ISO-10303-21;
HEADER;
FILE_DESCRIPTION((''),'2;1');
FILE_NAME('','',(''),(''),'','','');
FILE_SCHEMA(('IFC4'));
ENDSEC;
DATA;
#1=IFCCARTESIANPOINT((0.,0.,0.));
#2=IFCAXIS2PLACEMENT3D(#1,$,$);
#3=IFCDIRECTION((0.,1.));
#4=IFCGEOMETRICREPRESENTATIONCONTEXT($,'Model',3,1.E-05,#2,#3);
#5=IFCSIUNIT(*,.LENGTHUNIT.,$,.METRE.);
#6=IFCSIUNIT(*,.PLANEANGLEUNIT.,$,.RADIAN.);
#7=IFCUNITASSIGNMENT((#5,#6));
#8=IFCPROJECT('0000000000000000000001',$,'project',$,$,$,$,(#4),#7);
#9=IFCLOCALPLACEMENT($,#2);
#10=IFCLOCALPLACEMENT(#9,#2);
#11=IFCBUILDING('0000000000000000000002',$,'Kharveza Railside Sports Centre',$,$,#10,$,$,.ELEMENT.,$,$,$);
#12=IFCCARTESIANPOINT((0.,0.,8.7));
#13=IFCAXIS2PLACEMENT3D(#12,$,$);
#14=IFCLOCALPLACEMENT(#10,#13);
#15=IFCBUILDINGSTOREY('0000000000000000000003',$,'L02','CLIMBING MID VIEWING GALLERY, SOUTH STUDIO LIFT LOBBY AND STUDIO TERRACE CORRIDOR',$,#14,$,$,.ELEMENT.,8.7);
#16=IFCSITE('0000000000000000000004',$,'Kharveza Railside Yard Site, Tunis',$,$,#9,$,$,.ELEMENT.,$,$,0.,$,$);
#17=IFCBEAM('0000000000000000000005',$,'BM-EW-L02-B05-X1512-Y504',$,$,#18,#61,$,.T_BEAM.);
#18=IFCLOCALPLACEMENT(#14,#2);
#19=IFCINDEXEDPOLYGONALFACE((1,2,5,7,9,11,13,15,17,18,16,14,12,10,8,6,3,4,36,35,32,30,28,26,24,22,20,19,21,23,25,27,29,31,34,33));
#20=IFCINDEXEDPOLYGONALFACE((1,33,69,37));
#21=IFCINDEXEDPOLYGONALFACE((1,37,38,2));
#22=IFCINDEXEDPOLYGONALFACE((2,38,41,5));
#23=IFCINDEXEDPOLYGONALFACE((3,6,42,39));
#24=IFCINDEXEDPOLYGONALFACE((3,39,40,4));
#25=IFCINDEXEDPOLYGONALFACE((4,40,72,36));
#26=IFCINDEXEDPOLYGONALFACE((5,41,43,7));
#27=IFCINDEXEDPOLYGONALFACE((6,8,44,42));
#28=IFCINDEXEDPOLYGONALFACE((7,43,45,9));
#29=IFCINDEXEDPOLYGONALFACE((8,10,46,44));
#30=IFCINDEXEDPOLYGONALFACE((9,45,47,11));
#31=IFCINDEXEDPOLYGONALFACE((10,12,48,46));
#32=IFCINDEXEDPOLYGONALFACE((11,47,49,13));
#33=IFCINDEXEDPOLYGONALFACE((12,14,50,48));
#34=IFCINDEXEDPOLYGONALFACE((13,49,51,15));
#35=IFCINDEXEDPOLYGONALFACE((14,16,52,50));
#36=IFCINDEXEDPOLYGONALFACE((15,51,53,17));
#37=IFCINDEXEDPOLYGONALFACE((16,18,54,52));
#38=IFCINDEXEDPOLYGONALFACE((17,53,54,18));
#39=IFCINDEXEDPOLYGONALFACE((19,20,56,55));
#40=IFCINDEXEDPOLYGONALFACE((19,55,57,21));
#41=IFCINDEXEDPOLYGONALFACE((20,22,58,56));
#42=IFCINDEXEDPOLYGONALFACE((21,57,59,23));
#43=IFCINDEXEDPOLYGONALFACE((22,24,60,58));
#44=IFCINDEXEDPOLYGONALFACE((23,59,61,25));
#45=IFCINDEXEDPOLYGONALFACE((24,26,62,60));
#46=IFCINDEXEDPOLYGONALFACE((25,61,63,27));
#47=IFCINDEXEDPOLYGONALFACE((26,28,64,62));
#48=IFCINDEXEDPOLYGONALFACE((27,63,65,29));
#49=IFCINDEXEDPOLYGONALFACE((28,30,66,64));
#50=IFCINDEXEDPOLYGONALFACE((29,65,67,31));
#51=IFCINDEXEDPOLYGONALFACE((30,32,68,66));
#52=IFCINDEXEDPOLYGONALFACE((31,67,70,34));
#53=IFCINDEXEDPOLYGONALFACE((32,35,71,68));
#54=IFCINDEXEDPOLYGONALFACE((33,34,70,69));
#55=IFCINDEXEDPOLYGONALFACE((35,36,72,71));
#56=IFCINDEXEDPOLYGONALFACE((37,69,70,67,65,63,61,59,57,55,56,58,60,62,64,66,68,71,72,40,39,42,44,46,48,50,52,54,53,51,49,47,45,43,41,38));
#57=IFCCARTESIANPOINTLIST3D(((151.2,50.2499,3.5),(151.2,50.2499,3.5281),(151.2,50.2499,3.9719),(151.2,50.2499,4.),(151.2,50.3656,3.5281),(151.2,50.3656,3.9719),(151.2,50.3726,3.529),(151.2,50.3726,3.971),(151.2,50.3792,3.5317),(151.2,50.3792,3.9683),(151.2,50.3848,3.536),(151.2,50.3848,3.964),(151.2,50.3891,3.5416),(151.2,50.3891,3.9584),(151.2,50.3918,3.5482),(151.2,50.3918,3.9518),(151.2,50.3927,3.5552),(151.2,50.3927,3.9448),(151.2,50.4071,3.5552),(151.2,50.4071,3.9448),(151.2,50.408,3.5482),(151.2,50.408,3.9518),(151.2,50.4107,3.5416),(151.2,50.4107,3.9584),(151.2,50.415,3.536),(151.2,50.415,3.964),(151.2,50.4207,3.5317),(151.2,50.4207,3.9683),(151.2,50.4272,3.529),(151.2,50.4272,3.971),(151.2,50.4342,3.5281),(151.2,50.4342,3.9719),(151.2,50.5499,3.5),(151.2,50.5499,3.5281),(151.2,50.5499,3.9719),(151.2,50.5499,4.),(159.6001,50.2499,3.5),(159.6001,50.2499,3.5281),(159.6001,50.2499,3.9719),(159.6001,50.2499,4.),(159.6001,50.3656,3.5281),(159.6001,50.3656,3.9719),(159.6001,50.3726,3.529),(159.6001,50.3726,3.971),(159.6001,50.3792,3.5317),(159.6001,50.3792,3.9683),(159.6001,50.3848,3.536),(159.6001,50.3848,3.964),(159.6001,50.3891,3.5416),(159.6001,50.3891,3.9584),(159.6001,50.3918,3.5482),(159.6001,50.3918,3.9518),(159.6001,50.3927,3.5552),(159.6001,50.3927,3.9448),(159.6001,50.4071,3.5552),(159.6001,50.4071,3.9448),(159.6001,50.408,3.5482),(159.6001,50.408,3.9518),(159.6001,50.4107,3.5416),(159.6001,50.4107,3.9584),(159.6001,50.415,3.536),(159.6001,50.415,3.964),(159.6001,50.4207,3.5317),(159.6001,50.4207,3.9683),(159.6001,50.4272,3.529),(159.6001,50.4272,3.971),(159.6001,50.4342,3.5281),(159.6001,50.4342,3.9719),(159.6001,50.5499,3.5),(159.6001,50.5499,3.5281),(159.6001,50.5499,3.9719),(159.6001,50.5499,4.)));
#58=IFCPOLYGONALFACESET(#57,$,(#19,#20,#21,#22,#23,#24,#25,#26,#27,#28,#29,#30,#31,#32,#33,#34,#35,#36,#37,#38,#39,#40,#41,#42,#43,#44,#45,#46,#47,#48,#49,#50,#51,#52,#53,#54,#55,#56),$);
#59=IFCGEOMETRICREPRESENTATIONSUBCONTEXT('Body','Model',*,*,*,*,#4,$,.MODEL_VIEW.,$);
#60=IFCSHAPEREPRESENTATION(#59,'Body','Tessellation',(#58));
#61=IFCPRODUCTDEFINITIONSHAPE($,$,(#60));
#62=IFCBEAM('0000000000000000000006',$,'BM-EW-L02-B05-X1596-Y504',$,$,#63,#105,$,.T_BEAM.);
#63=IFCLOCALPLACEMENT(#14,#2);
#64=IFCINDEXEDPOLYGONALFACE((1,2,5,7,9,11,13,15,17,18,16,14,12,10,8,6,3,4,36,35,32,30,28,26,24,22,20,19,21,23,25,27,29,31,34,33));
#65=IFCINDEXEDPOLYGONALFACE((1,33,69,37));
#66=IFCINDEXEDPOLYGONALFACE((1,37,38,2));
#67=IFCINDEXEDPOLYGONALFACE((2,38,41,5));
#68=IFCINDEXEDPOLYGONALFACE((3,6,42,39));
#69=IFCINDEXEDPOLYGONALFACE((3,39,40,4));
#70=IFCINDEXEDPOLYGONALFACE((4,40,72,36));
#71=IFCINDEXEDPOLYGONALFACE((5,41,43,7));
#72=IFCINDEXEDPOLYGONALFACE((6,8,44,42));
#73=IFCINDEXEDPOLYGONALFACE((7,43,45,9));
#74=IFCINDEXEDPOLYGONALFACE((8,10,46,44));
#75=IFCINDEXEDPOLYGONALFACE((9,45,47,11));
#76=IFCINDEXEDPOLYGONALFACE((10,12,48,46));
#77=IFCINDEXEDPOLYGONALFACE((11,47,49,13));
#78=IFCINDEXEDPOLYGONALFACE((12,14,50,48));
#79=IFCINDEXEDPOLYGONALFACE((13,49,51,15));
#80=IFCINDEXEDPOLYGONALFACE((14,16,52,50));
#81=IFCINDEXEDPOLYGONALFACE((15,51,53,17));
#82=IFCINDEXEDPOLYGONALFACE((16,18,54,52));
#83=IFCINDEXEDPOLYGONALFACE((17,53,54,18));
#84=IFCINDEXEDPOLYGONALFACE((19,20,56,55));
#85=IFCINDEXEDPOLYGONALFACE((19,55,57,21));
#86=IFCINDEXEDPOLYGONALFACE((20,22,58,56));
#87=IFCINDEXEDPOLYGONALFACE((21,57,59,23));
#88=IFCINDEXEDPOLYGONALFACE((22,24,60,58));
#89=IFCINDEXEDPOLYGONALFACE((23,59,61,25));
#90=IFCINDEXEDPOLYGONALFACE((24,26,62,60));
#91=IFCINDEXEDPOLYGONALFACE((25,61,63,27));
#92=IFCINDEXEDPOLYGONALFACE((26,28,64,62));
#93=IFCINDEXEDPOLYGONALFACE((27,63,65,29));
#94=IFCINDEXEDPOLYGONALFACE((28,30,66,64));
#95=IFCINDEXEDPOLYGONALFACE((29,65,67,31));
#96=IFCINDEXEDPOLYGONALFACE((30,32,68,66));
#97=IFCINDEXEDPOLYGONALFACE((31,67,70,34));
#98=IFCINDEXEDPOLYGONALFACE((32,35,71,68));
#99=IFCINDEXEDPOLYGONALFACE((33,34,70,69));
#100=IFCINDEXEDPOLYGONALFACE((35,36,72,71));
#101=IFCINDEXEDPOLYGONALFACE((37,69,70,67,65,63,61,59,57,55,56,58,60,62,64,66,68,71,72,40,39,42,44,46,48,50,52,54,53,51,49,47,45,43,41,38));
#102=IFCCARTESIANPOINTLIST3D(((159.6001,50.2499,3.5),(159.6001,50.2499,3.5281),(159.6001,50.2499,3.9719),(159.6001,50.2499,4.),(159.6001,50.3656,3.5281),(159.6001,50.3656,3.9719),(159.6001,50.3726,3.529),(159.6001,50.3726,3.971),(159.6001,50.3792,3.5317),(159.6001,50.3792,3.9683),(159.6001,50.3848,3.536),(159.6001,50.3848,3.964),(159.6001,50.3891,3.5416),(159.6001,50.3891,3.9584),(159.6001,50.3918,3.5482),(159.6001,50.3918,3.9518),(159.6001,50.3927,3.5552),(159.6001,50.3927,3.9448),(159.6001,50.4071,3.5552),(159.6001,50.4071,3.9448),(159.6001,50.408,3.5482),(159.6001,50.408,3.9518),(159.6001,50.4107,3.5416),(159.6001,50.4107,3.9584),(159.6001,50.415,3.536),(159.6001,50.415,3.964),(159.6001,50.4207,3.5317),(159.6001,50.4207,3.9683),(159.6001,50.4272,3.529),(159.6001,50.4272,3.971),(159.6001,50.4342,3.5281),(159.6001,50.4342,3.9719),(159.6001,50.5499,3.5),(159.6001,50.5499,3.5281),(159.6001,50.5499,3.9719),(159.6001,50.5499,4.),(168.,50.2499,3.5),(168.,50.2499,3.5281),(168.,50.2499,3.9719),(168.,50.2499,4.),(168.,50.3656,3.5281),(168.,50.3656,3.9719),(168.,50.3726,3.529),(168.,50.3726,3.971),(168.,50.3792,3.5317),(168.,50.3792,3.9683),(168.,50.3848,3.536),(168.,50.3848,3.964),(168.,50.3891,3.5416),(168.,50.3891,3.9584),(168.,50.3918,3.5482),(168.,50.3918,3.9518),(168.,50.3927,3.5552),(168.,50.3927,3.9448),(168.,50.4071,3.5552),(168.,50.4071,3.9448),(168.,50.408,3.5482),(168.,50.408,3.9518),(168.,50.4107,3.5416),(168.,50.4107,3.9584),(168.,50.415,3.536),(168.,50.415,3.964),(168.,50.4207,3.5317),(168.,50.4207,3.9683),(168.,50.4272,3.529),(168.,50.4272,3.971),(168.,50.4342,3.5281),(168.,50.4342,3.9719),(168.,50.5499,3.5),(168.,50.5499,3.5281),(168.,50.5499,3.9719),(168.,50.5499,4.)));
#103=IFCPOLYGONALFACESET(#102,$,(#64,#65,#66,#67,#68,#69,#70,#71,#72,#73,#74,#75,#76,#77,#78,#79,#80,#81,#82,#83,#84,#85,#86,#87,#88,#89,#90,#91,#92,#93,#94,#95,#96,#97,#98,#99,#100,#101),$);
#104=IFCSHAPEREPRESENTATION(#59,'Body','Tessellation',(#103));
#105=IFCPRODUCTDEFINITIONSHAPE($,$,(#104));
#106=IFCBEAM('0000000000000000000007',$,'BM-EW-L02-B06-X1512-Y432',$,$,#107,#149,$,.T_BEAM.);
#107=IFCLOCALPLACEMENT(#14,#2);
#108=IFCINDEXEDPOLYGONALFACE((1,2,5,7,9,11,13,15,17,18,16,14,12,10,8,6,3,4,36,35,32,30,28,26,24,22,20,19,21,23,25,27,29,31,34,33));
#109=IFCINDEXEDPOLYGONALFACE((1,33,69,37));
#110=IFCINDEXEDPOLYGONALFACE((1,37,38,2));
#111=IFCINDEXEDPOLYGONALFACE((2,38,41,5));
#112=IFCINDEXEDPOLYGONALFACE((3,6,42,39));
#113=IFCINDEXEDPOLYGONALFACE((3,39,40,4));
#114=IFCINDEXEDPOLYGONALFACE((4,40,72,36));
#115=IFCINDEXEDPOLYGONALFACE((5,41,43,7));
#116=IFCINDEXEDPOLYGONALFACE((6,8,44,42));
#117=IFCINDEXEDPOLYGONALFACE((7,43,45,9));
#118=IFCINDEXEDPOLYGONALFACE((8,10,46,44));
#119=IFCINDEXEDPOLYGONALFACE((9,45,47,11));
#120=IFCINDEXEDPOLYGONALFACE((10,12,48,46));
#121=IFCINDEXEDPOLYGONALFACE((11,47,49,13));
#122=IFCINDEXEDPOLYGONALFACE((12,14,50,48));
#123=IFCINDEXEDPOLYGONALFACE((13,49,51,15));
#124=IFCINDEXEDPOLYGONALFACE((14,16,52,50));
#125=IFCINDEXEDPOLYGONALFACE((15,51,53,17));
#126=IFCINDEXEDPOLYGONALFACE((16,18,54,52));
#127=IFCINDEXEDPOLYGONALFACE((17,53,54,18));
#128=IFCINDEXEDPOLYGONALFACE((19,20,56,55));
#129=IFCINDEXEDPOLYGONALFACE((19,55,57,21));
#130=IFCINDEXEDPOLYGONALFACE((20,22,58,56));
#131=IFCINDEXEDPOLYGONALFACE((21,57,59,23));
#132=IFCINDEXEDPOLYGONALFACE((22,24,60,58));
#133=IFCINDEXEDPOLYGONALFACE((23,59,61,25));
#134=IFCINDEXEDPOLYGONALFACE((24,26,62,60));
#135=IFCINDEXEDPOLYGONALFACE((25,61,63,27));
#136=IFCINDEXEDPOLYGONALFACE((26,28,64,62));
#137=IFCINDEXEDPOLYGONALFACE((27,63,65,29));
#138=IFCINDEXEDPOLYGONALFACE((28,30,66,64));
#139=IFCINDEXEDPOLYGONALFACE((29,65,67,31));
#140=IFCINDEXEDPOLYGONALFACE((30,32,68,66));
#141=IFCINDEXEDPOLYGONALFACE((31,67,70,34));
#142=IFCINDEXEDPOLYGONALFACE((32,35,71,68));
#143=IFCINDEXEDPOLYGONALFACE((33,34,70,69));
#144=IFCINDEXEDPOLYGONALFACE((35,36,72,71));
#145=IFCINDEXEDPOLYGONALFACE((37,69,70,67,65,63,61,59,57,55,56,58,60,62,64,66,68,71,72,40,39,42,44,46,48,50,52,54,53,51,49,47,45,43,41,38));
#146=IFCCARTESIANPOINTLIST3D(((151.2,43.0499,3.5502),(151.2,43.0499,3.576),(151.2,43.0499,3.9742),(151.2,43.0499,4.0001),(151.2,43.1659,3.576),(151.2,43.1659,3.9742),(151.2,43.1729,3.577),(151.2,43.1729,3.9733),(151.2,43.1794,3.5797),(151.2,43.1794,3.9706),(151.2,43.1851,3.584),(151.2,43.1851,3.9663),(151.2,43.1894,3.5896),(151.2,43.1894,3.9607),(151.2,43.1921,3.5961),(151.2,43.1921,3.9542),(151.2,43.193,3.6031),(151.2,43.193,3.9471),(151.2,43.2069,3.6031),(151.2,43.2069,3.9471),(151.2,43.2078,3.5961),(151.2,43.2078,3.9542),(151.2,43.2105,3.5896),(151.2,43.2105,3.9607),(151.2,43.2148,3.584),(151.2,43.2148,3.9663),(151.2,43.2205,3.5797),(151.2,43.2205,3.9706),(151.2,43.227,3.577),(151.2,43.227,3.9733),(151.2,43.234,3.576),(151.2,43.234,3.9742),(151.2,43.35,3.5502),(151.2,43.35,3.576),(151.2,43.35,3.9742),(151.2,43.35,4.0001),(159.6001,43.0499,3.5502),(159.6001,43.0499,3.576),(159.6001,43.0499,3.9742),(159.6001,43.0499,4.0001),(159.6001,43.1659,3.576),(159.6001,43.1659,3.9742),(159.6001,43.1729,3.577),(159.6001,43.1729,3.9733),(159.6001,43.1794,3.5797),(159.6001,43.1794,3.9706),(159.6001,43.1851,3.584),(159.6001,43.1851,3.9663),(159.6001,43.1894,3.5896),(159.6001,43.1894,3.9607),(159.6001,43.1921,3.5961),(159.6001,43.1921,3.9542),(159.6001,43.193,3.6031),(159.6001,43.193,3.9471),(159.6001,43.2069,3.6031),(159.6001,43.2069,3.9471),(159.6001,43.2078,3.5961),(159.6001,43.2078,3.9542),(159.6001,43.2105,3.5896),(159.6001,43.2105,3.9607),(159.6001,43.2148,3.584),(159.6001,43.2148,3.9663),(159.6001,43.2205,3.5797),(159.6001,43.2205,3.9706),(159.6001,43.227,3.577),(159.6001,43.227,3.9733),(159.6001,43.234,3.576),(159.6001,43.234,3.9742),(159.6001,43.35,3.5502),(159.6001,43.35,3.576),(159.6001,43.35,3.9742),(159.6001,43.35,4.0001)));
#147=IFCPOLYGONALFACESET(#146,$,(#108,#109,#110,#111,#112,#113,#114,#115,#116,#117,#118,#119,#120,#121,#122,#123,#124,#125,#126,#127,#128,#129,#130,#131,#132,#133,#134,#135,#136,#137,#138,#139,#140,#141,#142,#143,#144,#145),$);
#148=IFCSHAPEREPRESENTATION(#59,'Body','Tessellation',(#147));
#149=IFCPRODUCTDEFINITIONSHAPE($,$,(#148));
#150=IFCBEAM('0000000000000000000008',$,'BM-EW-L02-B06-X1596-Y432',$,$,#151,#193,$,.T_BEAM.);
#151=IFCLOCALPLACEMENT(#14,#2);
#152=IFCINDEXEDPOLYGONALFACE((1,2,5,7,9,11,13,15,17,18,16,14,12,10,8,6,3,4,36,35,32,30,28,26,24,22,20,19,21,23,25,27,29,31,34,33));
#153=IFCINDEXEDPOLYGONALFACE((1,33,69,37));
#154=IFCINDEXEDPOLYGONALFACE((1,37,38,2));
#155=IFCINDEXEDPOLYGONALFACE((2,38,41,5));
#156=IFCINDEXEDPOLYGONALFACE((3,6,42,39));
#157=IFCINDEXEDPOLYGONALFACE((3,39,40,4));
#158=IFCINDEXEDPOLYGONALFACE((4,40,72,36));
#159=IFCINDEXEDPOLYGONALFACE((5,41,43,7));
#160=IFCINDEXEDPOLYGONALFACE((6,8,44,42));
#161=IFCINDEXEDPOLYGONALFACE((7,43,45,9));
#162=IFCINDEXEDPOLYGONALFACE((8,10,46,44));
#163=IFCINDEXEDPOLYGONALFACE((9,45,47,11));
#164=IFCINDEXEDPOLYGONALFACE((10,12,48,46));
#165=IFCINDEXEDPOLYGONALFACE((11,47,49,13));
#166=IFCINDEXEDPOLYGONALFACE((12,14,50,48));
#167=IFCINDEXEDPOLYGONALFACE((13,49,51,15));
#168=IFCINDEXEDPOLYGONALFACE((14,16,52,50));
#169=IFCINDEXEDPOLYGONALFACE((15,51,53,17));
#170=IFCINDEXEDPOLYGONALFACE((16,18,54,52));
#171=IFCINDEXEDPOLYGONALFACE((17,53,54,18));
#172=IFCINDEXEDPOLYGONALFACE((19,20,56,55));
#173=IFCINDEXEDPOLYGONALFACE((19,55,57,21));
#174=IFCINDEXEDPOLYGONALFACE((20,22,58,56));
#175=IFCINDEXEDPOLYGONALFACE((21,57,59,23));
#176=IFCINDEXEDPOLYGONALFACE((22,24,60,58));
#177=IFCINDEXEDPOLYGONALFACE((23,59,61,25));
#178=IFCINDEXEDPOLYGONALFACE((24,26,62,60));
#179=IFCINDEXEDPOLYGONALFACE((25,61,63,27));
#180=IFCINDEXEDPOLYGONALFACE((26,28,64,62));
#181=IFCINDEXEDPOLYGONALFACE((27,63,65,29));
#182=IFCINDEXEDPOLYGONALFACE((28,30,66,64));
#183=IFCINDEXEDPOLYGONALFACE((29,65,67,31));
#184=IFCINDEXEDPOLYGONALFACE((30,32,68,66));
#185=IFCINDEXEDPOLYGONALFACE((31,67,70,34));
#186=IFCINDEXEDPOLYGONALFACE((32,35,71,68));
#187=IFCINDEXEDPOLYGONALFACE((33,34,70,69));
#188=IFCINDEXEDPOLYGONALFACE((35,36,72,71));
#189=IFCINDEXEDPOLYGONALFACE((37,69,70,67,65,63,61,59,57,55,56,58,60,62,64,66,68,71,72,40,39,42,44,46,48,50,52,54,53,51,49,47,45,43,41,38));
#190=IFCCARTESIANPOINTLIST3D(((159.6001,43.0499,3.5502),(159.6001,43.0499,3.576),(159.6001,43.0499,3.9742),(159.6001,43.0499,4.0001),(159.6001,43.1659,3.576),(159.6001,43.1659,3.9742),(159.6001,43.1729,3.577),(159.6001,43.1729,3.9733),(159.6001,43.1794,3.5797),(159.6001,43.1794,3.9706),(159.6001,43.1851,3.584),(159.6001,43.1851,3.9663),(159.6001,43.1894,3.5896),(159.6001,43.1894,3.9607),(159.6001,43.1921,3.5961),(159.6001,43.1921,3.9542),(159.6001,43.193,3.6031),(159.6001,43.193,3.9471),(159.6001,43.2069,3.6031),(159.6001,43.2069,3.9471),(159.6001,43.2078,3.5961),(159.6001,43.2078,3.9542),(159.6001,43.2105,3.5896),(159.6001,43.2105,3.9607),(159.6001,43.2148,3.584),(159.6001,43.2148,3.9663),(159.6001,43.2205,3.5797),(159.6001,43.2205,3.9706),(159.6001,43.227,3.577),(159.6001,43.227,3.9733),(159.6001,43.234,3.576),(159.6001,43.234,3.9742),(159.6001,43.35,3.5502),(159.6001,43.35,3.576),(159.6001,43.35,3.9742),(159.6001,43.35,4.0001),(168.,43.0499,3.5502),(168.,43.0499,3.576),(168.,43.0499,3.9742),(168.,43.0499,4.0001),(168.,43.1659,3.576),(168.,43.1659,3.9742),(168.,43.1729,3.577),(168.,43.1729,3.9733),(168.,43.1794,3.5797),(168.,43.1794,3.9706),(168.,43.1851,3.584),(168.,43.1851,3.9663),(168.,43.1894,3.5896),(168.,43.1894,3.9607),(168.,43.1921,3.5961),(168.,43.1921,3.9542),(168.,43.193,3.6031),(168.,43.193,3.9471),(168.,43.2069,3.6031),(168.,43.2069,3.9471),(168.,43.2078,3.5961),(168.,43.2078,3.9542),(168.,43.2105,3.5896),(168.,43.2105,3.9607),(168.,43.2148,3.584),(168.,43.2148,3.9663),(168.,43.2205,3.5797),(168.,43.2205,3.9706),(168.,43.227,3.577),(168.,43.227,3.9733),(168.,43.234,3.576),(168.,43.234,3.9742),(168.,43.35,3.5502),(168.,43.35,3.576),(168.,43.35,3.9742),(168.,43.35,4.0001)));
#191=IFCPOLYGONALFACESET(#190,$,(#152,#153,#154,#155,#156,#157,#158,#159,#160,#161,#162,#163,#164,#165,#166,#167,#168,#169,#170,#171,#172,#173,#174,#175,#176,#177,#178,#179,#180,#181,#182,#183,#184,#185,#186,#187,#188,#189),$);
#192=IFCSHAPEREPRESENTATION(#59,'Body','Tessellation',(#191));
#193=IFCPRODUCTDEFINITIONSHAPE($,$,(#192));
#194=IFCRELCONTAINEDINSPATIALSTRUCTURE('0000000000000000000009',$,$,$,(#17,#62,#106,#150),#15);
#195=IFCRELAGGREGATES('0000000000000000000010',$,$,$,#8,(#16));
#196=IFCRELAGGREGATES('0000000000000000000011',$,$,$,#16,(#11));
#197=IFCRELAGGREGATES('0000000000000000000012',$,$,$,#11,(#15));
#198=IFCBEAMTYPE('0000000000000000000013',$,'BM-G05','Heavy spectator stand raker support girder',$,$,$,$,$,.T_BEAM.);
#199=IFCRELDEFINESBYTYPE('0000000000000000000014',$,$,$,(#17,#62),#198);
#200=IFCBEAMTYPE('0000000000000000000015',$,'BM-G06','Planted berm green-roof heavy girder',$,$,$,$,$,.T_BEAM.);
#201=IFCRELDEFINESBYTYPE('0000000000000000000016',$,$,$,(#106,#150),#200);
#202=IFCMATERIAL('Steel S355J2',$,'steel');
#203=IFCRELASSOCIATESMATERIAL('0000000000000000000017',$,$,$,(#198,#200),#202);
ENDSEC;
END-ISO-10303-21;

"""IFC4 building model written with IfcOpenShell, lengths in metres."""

from ifc_helpers import new_model, si_unit, direction, frame, origin, origin_2d, place, context, subcontext, project, spatial, i_section, extrude, material, material_profile, profile_set, type_object, element, save


model = new_model("IFC4")

# Units and contexts
model_context = context("Model", 3, precision=1e-05, world=origin(), true_north=direction((0.0, 1.0)))
body_context = subcontext(model_context, "Body", "Model", "MODEL_VIEW")
ifc_project = project(units=[si_unit("LENGTHUNIT", "METRE"), si_unit("PLANEANGLEUNIT", "RADIAN")], contexts=[model_context])

# Site, building, storey
site_placement = place(None, origin())
site = spatial("IfcSite", under=ifc_project, at=site_placement, Name="Kharveza Railside Yard Site, Tunis", CompositionType="ELEMENT", RefElevation=0.0)
building_placement = place(site_placement, origin())
building = spatial("IfcBuilding", under=site, at=building_placement, Name="Kharveza Railside Sports Centre", CompositionType="ELEMENT")
storey_placement = place(building_placement, frame((0.0, 0.0, 8.7)))
storey = spatial("IfcBuildingStorey", under=building, at=storey_placement, Name="L02", Description="CLIMBING MID VIEWING GALLERY, SOUTH STUDIO LIFT LOBBY AND STUDIO TERRACE CORRIDOR", CompositionType="ELEMENT", Elevation=8.7)

# Shared definitions
ifc_material_1 = material(Name="Steel S355J2", Category="steel")

# Beams
ifc_material_profile_1 = material_profile(ifc_material_1, i_section(OverallWidth=0.3, OverallDepth=0.5, WebThickness=0.0144, FlangeThickness=0.0281, FilletRadius=0.0271, at=origin_2d()), Name="HEB 500")
ifc_profile_set_1 = profile_set([ifc_material_profile_1], Name="Steel S355J2")
beam_type_1 = type_object("IfcBeamType", Name="BM-G05", Description="Heavy spectator stand raker support girder", PredefinedType="T_BEAM", material=ifc_profile_set_1)
beam_1_placement = place(storey_placement, frame((151.2, 50.3999, 3.75), z_axis=(1.0, 0.0, 0.0), x_axis=(0.0, 1.0, 0.0)))
element("IfcBeam", 1, at=beam_1_placement, inside=storey, type_object=beam_type_1, Name="BM-EW-L02-B05-X1512-Y504", PredefinedType="T_BEAM", context=body_context, shape_type="SweptSolid", body=[
    extrude(i_section(OverallWidth=0.3, OverallDepth=0.5, WebThickness=0.0144, FlangeThickness=0.0281, FilletRadius=0.0271, at=origin_2d()), origin(), (0.0, 0.0, 1.0), 8.4001),
])
beam_2_placement = place(storey_placement, frame((159.6001, 50.3999, 3.75), z_axis=(1.0, 0.0, 0.0), x_axis=(0.0, 1.0, 0.0)))
element("IfcBeam", 2, at=beam_2_placement, inside=storey, type_object=beam_type_1, Name="BM-EW-L02-B05-X1596-Y504", PredefinedType="T_BEAM", context=body_context, shape_type="SweptSolid", body=[
    extrude(i_section(OverallWidth=0.3, OverallDepth=0.5, WebThickness=0.0144, FlangeThickness=0.0281, FilletRadius=0.0271, at=origin_2d()), origin(), (0.0, 0.0, 1.0), 8.3999),
])
ifc_material_profile_2 = material_profile(ifc_material_1, i_section(OverallWidth=0.3, OverallDepth=0.45, WebThickness=0.0139, FlangeThickness=0.0259, FilletRadius=0.0271, at=origin_2d()), Name="HEB 450")
ifc_profile_set_2 = profile_set([ifc_material_profile_2], Name="Steel S355J2")
beam_type_2 = type_object("IfcBeamType", Name="BM-G06", Description="Planted berm green-roof heavy girder", PredefinedType="T_BEAM", material=ifc_profile_set_2)
beam_3_placement = place(storey_placement, frame((151.2, 43.2, 3.7751), z_axis=(1.0, 0.0, 0.0), x_axis=(0.0, 1.0, 0.0)))
element("IfcBeam", 3, at=beam_3_placement, inside=storey, type_object=beam_type_2, Name="BM-EW-L02-B06-X1512-Y432", PredefinedType="T_BEAM", context=body_context, shape_type="SweptSolid", body=[
    extrude(i_section(OverallWidth=0.3, OverallDepth=0.45, WebThickness=0.0139, FlangeThickness=0.0259, FilletRadius=0.0271, at=origin_2d()), origin(), (0.0, 0.0, 1.0), 8.4001),
])
beam_4_placement = place(storey_placement, frame((159.6001, 43.2, 3.7751), z_axis=(1.0, 0.0, 0.0), x_axis=(0.0, 1.0, 0.0)))
element("IfcBeam", 4, at=beam_4_placement, inside=storey, type_object=beam_type_2, Name="BM-EW-L02-B06-X1596-Y432", PredefinedType="T_BEAM", context=body_context, shape_type="SweptSolid", body=[
    extrude(i_section(OverallWidth=0.3, OverallDepth=0.45, WebThickness=0.0139, FlangeThickness=0.0259, FilletRadius=0.0271, at=origin_2d()), origin(), (0.0, 0.0, 1.0), 8.3999),
])

save(model, "model.ifc")
